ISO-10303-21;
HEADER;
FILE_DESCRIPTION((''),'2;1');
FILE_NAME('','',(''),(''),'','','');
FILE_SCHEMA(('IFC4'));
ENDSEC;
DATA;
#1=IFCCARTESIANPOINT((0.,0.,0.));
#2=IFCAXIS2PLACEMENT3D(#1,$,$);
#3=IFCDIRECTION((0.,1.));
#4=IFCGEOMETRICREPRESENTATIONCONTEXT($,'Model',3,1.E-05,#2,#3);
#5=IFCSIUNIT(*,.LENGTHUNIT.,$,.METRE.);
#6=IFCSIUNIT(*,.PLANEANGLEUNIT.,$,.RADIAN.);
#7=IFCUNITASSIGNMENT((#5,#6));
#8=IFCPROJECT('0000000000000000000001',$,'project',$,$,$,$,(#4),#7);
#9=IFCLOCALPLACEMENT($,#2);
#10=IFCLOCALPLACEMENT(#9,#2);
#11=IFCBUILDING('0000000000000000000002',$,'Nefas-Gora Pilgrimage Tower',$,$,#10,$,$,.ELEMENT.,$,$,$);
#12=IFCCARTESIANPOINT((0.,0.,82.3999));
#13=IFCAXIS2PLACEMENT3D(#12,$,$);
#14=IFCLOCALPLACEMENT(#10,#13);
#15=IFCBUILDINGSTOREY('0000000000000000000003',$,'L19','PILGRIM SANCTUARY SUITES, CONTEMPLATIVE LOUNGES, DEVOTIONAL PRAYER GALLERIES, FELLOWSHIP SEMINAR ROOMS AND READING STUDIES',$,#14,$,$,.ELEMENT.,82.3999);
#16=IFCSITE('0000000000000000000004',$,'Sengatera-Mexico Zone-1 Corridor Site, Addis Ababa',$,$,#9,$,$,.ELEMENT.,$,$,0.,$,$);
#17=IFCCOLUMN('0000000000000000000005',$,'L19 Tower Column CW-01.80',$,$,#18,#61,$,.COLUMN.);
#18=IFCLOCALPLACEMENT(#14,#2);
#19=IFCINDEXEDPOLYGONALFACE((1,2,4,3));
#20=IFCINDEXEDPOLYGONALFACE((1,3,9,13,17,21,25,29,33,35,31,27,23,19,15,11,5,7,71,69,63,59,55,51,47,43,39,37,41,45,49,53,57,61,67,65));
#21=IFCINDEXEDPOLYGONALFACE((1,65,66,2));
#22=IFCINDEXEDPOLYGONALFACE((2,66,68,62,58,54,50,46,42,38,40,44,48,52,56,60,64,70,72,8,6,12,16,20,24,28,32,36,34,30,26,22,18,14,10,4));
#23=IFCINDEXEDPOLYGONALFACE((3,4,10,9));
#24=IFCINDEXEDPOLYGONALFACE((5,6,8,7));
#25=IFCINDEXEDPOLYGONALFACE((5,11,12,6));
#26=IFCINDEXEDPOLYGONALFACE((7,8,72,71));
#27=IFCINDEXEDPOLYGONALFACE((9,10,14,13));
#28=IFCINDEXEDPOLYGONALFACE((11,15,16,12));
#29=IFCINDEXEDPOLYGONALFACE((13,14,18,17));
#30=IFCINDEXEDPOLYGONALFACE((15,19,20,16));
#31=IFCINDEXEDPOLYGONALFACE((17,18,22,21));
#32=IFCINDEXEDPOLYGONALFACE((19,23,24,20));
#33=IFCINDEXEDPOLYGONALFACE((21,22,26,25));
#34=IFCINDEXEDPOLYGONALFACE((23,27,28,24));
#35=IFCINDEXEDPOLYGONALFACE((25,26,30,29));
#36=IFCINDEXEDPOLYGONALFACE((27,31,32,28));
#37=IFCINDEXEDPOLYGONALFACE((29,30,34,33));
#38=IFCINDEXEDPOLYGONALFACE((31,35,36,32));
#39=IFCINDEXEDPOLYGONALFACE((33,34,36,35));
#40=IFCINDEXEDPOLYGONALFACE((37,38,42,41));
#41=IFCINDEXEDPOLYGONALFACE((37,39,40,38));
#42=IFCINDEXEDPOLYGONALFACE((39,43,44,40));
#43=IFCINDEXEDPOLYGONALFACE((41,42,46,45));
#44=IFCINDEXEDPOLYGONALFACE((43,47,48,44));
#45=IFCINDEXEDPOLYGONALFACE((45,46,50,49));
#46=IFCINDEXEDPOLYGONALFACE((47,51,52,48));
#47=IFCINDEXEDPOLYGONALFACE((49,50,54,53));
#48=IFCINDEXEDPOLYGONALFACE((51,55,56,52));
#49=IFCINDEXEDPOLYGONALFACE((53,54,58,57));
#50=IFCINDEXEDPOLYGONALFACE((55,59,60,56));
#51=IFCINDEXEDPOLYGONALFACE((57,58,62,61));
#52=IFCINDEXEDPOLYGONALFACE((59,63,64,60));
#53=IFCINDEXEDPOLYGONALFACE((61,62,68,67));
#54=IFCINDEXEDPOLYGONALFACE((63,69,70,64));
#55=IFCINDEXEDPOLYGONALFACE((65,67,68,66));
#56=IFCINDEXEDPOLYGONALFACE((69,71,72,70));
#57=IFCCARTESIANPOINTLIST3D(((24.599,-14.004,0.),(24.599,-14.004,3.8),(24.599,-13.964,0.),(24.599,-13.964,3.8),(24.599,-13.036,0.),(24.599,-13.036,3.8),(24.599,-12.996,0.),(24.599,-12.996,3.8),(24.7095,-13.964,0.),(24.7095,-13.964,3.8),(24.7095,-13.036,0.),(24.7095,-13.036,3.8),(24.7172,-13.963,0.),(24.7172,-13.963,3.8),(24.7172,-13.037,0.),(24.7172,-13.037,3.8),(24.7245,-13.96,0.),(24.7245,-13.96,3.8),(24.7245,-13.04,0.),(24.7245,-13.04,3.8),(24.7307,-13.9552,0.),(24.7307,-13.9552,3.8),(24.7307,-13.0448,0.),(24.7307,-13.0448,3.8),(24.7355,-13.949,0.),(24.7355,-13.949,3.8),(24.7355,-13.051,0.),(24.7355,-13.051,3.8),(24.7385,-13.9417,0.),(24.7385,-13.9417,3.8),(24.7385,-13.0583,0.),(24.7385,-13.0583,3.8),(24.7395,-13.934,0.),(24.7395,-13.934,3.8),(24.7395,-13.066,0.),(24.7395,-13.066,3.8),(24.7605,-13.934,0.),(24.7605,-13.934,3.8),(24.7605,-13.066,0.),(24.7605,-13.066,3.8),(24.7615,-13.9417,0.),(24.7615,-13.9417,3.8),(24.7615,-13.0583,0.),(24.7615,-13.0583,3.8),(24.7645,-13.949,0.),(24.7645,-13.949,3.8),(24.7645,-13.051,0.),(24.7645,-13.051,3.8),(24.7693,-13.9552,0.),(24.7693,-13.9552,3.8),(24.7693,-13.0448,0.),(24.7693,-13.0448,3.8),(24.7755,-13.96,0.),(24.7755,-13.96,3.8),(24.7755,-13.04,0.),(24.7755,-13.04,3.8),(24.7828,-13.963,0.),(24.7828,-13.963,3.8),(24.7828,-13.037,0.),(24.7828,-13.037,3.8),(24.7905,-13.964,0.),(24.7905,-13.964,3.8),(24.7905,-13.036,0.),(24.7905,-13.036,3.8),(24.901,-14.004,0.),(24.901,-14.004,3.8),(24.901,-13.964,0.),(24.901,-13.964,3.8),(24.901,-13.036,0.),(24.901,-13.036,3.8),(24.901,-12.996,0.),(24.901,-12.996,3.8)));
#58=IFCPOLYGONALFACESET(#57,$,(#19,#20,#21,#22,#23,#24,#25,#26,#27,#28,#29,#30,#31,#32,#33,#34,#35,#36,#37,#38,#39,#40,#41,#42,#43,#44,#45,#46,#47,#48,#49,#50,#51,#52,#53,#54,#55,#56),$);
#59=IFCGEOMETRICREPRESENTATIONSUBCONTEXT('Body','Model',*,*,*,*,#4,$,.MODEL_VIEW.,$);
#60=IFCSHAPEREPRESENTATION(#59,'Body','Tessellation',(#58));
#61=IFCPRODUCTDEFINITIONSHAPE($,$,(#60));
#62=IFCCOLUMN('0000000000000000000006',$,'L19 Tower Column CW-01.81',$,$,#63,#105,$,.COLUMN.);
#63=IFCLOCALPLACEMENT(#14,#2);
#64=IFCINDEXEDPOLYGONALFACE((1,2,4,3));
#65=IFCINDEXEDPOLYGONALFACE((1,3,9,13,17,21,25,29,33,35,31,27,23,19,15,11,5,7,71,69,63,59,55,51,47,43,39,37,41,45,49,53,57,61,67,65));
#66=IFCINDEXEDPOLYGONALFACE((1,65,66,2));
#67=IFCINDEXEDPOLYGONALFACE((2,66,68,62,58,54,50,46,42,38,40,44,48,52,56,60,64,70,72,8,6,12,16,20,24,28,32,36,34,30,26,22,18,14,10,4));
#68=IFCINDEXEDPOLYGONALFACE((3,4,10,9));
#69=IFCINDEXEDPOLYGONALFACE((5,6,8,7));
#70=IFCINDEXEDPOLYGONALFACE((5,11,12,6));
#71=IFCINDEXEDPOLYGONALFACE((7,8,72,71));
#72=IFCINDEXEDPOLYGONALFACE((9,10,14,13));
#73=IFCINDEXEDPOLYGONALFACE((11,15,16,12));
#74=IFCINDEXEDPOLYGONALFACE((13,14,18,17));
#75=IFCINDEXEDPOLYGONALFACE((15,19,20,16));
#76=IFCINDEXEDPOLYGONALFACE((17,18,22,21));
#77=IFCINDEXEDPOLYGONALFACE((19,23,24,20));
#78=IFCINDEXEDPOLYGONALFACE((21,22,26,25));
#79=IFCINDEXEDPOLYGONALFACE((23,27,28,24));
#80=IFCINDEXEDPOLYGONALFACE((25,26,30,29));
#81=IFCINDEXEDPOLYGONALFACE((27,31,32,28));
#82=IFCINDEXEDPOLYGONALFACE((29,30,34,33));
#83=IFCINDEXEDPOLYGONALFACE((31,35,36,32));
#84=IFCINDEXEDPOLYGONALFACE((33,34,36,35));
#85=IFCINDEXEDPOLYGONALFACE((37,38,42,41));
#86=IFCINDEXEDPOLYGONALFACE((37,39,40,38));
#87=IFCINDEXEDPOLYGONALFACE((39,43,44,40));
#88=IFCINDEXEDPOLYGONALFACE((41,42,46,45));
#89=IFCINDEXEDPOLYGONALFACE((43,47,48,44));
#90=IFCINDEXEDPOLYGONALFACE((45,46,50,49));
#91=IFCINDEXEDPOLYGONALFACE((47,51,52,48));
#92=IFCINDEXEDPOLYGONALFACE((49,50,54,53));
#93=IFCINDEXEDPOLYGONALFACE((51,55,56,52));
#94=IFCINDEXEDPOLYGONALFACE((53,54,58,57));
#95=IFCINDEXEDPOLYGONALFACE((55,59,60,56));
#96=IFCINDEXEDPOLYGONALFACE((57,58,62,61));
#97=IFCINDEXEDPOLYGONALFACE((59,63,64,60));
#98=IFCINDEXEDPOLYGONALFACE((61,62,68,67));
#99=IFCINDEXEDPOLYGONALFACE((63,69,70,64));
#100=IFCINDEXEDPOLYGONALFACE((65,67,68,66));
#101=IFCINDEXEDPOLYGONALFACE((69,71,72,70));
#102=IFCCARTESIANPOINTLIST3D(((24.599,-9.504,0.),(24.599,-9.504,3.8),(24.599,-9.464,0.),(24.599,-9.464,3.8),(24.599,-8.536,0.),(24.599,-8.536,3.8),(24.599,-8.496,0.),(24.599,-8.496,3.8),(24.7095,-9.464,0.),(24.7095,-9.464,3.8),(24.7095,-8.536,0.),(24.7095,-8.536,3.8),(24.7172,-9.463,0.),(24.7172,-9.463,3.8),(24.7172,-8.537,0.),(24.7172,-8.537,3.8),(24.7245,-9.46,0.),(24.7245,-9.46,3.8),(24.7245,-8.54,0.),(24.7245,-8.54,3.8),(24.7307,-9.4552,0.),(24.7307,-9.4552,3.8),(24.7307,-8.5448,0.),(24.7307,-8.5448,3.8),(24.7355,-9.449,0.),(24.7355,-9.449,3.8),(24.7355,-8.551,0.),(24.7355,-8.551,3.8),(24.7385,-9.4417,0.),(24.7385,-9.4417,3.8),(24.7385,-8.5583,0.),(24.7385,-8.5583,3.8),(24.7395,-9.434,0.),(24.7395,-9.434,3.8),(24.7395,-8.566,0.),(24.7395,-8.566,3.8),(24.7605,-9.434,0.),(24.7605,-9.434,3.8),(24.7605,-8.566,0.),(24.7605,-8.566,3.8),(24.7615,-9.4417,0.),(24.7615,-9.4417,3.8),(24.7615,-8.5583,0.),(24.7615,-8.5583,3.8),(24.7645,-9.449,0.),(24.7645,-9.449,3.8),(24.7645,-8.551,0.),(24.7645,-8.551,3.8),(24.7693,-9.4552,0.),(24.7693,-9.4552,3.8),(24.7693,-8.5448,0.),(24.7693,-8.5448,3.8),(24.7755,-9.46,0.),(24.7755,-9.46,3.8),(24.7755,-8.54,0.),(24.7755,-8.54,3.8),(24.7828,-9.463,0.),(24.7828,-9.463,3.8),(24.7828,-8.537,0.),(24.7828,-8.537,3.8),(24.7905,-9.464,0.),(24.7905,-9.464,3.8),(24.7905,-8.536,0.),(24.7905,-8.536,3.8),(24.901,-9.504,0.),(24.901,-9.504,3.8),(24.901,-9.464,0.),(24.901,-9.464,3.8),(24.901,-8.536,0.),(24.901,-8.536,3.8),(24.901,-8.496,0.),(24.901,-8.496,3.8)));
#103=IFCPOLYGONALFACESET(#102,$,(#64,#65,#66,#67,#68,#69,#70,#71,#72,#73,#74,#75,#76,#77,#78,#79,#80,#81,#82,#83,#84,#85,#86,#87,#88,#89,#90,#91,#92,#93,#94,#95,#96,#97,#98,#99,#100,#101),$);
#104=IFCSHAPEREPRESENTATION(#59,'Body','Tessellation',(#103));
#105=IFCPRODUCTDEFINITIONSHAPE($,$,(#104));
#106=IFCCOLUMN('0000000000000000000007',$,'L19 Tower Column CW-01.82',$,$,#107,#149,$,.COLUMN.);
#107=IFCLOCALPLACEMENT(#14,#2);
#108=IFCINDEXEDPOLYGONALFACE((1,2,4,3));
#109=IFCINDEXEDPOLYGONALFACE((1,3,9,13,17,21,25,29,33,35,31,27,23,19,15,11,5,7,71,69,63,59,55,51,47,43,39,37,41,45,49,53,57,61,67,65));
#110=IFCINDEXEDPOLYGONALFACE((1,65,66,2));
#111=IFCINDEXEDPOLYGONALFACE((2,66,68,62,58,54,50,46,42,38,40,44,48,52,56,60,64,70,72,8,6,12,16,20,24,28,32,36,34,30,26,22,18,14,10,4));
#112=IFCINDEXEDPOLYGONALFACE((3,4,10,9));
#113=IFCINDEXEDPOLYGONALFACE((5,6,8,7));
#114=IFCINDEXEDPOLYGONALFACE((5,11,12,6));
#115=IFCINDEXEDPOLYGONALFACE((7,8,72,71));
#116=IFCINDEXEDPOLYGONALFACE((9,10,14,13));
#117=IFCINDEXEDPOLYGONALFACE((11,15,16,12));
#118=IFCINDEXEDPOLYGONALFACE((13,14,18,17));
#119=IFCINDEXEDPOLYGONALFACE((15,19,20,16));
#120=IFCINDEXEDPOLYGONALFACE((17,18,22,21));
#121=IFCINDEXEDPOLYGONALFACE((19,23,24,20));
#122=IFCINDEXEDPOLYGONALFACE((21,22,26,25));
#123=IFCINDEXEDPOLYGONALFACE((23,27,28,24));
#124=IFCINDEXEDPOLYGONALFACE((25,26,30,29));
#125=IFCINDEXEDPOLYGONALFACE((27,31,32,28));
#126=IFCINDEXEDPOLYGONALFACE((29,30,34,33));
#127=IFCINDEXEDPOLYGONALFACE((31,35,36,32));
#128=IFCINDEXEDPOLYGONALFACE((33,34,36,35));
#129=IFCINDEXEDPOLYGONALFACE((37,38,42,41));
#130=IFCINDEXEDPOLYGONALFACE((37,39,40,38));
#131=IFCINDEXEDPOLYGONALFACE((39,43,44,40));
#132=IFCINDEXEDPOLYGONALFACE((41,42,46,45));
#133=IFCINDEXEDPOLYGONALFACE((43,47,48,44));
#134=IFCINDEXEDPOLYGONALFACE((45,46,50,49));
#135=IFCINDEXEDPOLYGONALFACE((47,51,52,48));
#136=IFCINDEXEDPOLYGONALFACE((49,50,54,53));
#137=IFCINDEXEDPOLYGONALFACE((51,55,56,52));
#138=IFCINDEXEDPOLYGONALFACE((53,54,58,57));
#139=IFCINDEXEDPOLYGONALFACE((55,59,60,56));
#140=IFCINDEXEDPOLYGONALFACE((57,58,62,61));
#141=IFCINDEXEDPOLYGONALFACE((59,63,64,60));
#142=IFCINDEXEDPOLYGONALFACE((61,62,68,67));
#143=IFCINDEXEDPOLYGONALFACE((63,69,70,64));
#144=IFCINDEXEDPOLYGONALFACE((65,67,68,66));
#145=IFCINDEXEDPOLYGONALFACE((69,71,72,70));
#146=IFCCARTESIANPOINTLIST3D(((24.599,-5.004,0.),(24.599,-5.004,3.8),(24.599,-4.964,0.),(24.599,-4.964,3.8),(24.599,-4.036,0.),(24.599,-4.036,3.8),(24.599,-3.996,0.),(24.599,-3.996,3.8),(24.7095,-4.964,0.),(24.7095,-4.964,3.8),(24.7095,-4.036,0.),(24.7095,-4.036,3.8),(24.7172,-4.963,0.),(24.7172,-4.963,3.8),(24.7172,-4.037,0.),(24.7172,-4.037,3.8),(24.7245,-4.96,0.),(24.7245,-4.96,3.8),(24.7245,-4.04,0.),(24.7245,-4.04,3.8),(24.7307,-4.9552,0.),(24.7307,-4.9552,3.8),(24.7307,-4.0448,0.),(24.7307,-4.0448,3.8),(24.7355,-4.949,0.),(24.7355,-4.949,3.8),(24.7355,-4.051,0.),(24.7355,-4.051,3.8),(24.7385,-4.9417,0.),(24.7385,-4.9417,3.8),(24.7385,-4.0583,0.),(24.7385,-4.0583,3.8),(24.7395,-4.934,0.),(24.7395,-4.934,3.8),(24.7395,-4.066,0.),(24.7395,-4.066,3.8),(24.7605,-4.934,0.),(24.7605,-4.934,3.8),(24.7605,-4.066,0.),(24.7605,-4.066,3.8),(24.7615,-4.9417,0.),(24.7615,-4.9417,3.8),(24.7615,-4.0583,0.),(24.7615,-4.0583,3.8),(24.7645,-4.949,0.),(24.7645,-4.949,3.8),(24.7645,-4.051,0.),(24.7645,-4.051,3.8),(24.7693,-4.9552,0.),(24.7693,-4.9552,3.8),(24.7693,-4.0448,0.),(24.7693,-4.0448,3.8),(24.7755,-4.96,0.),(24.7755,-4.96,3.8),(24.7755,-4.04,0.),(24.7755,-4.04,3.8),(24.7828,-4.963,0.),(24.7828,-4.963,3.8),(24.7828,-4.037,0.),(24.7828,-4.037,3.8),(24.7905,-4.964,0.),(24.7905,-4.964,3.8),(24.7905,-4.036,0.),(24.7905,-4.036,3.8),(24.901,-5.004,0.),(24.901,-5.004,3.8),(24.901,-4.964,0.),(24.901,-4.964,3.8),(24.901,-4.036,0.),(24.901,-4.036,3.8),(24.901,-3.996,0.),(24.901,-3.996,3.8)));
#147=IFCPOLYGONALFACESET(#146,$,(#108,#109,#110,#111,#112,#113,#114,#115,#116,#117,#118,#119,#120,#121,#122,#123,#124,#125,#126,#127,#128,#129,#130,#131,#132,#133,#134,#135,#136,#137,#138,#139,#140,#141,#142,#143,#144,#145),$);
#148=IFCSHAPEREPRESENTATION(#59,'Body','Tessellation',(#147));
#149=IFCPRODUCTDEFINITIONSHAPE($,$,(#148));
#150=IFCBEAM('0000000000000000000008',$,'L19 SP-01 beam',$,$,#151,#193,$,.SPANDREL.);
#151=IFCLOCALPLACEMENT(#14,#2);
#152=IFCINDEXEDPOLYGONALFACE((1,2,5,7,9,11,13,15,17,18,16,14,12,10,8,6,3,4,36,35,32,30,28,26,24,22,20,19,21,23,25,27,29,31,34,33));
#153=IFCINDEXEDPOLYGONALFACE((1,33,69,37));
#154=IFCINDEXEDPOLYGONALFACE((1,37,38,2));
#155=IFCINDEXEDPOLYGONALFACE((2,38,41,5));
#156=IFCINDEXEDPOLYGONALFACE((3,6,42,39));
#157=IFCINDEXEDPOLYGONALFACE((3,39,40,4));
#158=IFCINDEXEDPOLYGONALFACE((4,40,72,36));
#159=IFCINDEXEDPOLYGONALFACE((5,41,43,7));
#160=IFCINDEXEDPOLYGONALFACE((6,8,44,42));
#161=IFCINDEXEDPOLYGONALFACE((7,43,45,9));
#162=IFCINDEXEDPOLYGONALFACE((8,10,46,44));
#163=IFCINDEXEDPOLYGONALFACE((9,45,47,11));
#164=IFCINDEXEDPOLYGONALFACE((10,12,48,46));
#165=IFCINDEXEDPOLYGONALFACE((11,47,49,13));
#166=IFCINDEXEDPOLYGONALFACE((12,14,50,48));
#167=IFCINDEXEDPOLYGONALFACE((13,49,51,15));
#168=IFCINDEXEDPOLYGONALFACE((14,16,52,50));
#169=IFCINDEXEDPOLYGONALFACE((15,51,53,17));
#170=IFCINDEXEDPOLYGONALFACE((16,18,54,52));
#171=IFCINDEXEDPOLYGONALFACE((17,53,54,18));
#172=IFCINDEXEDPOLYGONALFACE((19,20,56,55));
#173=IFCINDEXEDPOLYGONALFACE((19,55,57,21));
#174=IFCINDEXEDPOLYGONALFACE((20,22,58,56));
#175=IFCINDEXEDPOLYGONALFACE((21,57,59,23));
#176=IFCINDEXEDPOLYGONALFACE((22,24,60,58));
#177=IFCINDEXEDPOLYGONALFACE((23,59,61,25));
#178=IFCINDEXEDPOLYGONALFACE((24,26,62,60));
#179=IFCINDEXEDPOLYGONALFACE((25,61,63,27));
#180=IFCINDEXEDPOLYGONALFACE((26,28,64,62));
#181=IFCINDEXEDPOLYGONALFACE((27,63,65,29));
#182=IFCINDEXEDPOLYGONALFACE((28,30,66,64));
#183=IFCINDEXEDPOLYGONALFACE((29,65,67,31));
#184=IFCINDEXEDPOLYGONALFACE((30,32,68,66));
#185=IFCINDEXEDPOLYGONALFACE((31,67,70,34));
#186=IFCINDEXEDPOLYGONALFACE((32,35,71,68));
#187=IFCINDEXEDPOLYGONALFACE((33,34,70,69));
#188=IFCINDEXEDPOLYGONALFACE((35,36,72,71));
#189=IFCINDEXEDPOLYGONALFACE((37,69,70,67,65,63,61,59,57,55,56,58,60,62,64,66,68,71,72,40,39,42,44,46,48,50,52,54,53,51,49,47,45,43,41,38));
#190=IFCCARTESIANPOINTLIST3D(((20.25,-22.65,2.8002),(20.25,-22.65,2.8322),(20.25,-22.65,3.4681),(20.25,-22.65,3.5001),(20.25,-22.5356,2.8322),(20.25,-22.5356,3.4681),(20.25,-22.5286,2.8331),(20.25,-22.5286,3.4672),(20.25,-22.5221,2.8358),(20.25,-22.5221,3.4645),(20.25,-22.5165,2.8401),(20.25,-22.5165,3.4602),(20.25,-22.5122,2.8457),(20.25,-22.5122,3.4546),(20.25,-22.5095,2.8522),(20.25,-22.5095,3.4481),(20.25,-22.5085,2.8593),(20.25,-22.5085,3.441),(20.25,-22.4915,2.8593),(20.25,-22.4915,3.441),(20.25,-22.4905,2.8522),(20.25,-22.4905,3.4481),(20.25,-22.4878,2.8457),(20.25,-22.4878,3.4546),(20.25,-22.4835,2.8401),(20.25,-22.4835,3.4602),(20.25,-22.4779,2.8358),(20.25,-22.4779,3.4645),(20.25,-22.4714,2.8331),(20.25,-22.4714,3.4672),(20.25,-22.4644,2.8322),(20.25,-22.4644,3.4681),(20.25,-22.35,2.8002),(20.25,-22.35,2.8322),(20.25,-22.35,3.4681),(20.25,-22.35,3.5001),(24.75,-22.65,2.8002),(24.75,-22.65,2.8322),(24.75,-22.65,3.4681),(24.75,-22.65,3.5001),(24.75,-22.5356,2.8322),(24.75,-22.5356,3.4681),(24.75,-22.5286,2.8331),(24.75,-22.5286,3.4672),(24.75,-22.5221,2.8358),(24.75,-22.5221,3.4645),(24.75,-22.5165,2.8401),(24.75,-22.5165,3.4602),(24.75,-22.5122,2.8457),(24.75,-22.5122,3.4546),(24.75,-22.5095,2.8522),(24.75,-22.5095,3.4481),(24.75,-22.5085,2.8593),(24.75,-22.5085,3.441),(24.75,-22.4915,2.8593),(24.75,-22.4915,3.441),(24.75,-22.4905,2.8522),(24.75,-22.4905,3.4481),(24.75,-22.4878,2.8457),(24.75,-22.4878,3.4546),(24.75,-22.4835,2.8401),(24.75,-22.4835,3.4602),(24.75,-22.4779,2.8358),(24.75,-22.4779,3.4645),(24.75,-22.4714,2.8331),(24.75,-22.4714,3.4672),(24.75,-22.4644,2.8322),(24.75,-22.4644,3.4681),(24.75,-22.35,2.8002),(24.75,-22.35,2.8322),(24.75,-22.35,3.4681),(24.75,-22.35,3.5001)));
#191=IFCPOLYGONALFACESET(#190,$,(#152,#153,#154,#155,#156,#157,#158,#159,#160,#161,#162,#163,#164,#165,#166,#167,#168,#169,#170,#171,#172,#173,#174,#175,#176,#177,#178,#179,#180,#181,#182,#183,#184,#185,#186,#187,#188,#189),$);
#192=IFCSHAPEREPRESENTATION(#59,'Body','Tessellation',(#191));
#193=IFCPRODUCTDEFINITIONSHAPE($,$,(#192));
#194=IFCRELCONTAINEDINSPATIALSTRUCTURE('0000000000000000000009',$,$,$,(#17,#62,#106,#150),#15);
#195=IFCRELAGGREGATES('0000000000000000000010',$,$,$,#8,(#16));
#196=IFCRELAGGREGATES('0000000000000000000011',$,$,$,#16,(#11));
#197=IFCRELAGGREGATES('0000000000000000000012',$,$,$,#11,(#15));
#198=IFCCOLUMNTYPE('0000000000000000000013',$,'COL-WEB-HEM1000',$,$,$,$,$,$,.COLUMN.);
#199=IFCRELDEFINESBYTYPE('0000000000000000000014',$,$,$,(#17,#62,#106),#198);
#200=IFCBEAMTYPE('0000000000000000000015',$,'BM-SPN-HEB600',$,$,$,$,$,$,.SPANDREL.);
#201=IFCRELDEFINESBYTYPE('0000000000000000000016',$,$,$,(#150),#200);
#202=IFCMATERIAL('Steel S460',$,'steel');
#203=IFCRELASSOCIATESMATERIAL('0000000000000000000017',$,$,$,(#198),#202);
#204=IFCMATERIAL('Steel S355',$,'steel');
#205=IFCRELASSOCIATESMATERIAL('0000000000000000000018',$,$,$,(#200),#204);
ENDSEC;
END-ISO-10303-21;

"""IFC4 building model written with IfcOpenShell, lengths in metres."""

from ifc_helpers import new_model, si_unit, direction, frame, origin, origin_2d, place, context, subcontext, project, spatial, i_section, extrude, source, transform, mapped, material, material_profile, profile_set, type_object, element, save


model = new_model("IFC4")

# Units and contexts
model_context = context("Model", 3, precision=1e-05, world=origin(), true_north=direction((0.0, 1.0)))
body_context = subcontext(model_context, "Body", "Model", "MODEL_VIEW")
ifc_project = project(units=[si_unit("LENGTHUNIT", "METRE"), si_unit("PLANEANGLEUNIT", "RADIAN")], contexts=[model_context])

# Site, building, storey
site_placement = place(None, origin())
site = spatial("IfcSite", under=ifc_project, at=site_placement, Name="Sengatera-Mexico Zone-1 Corridor Site, Addis Ababa", CompositionType="ELEMENT", RefElevation=0.0)
building_placement = place(site_placement, origin())
building = spatial("IfcBuilding", under=site, at=building_placement, Name="Nefas-Gora Pilgrimage Tower", CompositionType="ELEMENT")
storey_placement = place(building_placement, frame((0.0, 0.0, 82.3999)))
storey = spatial("IfcBuildingStorey", under=building, at=storey_placement, Name="L19", Description="PILGRIM SANCTUARY SUITES, CONTEMPLATIVE LOUNGES, DEVOTIONAL PRAYER GALLERIES, FELLOWSHIP SEMINAR ROOMS AND READING STUDIES", CompositionType="ELEMENT", Elevation=82.3999)

# Columns
ifc_material_1 = material(Name="Steel S460", Category="steel")
ifc_material_profile_1 = material_profile(ifc_material_1, i_section(OverallWidth=0.302, OverallDepth=1.0081, WebThickness=0.021, FlangeThickness=0.04, FilletRadius=0.03, at=origin_2d()), Name="HEM 1000")
ifc_profile_set_1 = profile_set([ifc_material_profile_1], Name="Steel S460")
column_type_1 = type_object("IfcColumnType", Name="COL-WEB-HEM1000", PredefinedType="COLUMN", material=ifc_profile_set_1)
shared_shape_1 = source(origin(), body_context, "Body", "SweptSolid", [
    extrude(i_section(OverallWidth=0.302, OverallDepth=1.0081, WebThickness=0.021, FlangeThickness=0.04, FilletRadius=0.03, at=origin_2d()), origin(), (0.0, 0.0, 1.0), 3.8),
])
for number, where, z_axis, x_axis, name in (
    (1, (24.75, -13.5, 0.0), (0.0, 0.0, 1.0), (1.0, 0.0, 0.0), "L19 Tower Column CW-01.80"),
    (2, (24.75, -9.0, 0.0), (0.0, 0.0, 1.0), (1.0, 0.0, 0.0), "L19 Tower Column CW-01.81"),
    (3, (24.75, -4.5, 0.0), (0.0, 0.0, 1.0), (1.0, 0.0, 0.0), "L19 Tower Column CW-01.82"),
):
    element("IfcColumn", number, at=place(storey_placement, frame(where, z_axis=z_axis, x_axis=x_axis)), inside=storey, type_object=column_type_1, Name=name, PredefinedType="COLUMN", context=body_context, shape_type="MappedRepresentation", body=[
        mapped(shared_shape_1, transform((0.0, 0.0, 0.0), x_axis=(1.0, 0.0, 0.0), y_axis=(0.0, 1.0, 0.0), z_axis=(0.0, 0.0, 1.0), scale=1.0)),
    ])

# Beam
ifc_material_2 = material(Name="Steel S355", Category="steel")
ifc_material_profile_2 = material_profile(ifc_material_2, i_section(OverallWidth=0.3, OverallDepth=0.7, WebThickness=0.0171, FlangeThickness=0.032, FilletRadius=0.0271, at=origin_2d()), Name="HEB 700")
ifc_profile_set_2 = profile_set([ifc_material_profile_2], Name="Steel S355")
beam_type_1 = type_object("IfcBeamType", Name="BM-SPN-HEB600", PredefinedType="SPANDREL", material=ifc_profile_set_2)
shared_shape_2 = source(origin(), body_context, "Body", "SweptSolid", [
    extrude(i_section(OverallWidth=0.3, OverallDepth=0.7, WebThickness=0.0171, FlangeThickness=0.032, FilletRadius=0.0271, at=origin_2d()), origin(), (0.0, 0.0, 1.0), 4.5),
])
for number, where, z_axis, x_axis, name in (
    (4, (20.25, -22.5, 3.1501), (1.0, 0.0, 0.0), (0.0, 1.0, 0.0), "L19 SP-01 beam"),
):
    element("IfcBeam", number, at=place(storey_placement, frame(where, z_axis=z_axis, x_axis=x_axis)), inside=storey, type_object=beam_type_1, Name=name, PredefinedType="SPANDREL", context=body_context, shape_type="MappedRepresentation", body=[
        mapped(shared_shape_2, transform((0.0, 0.0, 0.0), x_axis=(1.0, 0.0, 0.0), y_axis=(0.0, 1.0, 0.0), z_axis=(0.0, 0.0, 1.0), scale=1.0)),
    ])

save(model, "model.ifc")
